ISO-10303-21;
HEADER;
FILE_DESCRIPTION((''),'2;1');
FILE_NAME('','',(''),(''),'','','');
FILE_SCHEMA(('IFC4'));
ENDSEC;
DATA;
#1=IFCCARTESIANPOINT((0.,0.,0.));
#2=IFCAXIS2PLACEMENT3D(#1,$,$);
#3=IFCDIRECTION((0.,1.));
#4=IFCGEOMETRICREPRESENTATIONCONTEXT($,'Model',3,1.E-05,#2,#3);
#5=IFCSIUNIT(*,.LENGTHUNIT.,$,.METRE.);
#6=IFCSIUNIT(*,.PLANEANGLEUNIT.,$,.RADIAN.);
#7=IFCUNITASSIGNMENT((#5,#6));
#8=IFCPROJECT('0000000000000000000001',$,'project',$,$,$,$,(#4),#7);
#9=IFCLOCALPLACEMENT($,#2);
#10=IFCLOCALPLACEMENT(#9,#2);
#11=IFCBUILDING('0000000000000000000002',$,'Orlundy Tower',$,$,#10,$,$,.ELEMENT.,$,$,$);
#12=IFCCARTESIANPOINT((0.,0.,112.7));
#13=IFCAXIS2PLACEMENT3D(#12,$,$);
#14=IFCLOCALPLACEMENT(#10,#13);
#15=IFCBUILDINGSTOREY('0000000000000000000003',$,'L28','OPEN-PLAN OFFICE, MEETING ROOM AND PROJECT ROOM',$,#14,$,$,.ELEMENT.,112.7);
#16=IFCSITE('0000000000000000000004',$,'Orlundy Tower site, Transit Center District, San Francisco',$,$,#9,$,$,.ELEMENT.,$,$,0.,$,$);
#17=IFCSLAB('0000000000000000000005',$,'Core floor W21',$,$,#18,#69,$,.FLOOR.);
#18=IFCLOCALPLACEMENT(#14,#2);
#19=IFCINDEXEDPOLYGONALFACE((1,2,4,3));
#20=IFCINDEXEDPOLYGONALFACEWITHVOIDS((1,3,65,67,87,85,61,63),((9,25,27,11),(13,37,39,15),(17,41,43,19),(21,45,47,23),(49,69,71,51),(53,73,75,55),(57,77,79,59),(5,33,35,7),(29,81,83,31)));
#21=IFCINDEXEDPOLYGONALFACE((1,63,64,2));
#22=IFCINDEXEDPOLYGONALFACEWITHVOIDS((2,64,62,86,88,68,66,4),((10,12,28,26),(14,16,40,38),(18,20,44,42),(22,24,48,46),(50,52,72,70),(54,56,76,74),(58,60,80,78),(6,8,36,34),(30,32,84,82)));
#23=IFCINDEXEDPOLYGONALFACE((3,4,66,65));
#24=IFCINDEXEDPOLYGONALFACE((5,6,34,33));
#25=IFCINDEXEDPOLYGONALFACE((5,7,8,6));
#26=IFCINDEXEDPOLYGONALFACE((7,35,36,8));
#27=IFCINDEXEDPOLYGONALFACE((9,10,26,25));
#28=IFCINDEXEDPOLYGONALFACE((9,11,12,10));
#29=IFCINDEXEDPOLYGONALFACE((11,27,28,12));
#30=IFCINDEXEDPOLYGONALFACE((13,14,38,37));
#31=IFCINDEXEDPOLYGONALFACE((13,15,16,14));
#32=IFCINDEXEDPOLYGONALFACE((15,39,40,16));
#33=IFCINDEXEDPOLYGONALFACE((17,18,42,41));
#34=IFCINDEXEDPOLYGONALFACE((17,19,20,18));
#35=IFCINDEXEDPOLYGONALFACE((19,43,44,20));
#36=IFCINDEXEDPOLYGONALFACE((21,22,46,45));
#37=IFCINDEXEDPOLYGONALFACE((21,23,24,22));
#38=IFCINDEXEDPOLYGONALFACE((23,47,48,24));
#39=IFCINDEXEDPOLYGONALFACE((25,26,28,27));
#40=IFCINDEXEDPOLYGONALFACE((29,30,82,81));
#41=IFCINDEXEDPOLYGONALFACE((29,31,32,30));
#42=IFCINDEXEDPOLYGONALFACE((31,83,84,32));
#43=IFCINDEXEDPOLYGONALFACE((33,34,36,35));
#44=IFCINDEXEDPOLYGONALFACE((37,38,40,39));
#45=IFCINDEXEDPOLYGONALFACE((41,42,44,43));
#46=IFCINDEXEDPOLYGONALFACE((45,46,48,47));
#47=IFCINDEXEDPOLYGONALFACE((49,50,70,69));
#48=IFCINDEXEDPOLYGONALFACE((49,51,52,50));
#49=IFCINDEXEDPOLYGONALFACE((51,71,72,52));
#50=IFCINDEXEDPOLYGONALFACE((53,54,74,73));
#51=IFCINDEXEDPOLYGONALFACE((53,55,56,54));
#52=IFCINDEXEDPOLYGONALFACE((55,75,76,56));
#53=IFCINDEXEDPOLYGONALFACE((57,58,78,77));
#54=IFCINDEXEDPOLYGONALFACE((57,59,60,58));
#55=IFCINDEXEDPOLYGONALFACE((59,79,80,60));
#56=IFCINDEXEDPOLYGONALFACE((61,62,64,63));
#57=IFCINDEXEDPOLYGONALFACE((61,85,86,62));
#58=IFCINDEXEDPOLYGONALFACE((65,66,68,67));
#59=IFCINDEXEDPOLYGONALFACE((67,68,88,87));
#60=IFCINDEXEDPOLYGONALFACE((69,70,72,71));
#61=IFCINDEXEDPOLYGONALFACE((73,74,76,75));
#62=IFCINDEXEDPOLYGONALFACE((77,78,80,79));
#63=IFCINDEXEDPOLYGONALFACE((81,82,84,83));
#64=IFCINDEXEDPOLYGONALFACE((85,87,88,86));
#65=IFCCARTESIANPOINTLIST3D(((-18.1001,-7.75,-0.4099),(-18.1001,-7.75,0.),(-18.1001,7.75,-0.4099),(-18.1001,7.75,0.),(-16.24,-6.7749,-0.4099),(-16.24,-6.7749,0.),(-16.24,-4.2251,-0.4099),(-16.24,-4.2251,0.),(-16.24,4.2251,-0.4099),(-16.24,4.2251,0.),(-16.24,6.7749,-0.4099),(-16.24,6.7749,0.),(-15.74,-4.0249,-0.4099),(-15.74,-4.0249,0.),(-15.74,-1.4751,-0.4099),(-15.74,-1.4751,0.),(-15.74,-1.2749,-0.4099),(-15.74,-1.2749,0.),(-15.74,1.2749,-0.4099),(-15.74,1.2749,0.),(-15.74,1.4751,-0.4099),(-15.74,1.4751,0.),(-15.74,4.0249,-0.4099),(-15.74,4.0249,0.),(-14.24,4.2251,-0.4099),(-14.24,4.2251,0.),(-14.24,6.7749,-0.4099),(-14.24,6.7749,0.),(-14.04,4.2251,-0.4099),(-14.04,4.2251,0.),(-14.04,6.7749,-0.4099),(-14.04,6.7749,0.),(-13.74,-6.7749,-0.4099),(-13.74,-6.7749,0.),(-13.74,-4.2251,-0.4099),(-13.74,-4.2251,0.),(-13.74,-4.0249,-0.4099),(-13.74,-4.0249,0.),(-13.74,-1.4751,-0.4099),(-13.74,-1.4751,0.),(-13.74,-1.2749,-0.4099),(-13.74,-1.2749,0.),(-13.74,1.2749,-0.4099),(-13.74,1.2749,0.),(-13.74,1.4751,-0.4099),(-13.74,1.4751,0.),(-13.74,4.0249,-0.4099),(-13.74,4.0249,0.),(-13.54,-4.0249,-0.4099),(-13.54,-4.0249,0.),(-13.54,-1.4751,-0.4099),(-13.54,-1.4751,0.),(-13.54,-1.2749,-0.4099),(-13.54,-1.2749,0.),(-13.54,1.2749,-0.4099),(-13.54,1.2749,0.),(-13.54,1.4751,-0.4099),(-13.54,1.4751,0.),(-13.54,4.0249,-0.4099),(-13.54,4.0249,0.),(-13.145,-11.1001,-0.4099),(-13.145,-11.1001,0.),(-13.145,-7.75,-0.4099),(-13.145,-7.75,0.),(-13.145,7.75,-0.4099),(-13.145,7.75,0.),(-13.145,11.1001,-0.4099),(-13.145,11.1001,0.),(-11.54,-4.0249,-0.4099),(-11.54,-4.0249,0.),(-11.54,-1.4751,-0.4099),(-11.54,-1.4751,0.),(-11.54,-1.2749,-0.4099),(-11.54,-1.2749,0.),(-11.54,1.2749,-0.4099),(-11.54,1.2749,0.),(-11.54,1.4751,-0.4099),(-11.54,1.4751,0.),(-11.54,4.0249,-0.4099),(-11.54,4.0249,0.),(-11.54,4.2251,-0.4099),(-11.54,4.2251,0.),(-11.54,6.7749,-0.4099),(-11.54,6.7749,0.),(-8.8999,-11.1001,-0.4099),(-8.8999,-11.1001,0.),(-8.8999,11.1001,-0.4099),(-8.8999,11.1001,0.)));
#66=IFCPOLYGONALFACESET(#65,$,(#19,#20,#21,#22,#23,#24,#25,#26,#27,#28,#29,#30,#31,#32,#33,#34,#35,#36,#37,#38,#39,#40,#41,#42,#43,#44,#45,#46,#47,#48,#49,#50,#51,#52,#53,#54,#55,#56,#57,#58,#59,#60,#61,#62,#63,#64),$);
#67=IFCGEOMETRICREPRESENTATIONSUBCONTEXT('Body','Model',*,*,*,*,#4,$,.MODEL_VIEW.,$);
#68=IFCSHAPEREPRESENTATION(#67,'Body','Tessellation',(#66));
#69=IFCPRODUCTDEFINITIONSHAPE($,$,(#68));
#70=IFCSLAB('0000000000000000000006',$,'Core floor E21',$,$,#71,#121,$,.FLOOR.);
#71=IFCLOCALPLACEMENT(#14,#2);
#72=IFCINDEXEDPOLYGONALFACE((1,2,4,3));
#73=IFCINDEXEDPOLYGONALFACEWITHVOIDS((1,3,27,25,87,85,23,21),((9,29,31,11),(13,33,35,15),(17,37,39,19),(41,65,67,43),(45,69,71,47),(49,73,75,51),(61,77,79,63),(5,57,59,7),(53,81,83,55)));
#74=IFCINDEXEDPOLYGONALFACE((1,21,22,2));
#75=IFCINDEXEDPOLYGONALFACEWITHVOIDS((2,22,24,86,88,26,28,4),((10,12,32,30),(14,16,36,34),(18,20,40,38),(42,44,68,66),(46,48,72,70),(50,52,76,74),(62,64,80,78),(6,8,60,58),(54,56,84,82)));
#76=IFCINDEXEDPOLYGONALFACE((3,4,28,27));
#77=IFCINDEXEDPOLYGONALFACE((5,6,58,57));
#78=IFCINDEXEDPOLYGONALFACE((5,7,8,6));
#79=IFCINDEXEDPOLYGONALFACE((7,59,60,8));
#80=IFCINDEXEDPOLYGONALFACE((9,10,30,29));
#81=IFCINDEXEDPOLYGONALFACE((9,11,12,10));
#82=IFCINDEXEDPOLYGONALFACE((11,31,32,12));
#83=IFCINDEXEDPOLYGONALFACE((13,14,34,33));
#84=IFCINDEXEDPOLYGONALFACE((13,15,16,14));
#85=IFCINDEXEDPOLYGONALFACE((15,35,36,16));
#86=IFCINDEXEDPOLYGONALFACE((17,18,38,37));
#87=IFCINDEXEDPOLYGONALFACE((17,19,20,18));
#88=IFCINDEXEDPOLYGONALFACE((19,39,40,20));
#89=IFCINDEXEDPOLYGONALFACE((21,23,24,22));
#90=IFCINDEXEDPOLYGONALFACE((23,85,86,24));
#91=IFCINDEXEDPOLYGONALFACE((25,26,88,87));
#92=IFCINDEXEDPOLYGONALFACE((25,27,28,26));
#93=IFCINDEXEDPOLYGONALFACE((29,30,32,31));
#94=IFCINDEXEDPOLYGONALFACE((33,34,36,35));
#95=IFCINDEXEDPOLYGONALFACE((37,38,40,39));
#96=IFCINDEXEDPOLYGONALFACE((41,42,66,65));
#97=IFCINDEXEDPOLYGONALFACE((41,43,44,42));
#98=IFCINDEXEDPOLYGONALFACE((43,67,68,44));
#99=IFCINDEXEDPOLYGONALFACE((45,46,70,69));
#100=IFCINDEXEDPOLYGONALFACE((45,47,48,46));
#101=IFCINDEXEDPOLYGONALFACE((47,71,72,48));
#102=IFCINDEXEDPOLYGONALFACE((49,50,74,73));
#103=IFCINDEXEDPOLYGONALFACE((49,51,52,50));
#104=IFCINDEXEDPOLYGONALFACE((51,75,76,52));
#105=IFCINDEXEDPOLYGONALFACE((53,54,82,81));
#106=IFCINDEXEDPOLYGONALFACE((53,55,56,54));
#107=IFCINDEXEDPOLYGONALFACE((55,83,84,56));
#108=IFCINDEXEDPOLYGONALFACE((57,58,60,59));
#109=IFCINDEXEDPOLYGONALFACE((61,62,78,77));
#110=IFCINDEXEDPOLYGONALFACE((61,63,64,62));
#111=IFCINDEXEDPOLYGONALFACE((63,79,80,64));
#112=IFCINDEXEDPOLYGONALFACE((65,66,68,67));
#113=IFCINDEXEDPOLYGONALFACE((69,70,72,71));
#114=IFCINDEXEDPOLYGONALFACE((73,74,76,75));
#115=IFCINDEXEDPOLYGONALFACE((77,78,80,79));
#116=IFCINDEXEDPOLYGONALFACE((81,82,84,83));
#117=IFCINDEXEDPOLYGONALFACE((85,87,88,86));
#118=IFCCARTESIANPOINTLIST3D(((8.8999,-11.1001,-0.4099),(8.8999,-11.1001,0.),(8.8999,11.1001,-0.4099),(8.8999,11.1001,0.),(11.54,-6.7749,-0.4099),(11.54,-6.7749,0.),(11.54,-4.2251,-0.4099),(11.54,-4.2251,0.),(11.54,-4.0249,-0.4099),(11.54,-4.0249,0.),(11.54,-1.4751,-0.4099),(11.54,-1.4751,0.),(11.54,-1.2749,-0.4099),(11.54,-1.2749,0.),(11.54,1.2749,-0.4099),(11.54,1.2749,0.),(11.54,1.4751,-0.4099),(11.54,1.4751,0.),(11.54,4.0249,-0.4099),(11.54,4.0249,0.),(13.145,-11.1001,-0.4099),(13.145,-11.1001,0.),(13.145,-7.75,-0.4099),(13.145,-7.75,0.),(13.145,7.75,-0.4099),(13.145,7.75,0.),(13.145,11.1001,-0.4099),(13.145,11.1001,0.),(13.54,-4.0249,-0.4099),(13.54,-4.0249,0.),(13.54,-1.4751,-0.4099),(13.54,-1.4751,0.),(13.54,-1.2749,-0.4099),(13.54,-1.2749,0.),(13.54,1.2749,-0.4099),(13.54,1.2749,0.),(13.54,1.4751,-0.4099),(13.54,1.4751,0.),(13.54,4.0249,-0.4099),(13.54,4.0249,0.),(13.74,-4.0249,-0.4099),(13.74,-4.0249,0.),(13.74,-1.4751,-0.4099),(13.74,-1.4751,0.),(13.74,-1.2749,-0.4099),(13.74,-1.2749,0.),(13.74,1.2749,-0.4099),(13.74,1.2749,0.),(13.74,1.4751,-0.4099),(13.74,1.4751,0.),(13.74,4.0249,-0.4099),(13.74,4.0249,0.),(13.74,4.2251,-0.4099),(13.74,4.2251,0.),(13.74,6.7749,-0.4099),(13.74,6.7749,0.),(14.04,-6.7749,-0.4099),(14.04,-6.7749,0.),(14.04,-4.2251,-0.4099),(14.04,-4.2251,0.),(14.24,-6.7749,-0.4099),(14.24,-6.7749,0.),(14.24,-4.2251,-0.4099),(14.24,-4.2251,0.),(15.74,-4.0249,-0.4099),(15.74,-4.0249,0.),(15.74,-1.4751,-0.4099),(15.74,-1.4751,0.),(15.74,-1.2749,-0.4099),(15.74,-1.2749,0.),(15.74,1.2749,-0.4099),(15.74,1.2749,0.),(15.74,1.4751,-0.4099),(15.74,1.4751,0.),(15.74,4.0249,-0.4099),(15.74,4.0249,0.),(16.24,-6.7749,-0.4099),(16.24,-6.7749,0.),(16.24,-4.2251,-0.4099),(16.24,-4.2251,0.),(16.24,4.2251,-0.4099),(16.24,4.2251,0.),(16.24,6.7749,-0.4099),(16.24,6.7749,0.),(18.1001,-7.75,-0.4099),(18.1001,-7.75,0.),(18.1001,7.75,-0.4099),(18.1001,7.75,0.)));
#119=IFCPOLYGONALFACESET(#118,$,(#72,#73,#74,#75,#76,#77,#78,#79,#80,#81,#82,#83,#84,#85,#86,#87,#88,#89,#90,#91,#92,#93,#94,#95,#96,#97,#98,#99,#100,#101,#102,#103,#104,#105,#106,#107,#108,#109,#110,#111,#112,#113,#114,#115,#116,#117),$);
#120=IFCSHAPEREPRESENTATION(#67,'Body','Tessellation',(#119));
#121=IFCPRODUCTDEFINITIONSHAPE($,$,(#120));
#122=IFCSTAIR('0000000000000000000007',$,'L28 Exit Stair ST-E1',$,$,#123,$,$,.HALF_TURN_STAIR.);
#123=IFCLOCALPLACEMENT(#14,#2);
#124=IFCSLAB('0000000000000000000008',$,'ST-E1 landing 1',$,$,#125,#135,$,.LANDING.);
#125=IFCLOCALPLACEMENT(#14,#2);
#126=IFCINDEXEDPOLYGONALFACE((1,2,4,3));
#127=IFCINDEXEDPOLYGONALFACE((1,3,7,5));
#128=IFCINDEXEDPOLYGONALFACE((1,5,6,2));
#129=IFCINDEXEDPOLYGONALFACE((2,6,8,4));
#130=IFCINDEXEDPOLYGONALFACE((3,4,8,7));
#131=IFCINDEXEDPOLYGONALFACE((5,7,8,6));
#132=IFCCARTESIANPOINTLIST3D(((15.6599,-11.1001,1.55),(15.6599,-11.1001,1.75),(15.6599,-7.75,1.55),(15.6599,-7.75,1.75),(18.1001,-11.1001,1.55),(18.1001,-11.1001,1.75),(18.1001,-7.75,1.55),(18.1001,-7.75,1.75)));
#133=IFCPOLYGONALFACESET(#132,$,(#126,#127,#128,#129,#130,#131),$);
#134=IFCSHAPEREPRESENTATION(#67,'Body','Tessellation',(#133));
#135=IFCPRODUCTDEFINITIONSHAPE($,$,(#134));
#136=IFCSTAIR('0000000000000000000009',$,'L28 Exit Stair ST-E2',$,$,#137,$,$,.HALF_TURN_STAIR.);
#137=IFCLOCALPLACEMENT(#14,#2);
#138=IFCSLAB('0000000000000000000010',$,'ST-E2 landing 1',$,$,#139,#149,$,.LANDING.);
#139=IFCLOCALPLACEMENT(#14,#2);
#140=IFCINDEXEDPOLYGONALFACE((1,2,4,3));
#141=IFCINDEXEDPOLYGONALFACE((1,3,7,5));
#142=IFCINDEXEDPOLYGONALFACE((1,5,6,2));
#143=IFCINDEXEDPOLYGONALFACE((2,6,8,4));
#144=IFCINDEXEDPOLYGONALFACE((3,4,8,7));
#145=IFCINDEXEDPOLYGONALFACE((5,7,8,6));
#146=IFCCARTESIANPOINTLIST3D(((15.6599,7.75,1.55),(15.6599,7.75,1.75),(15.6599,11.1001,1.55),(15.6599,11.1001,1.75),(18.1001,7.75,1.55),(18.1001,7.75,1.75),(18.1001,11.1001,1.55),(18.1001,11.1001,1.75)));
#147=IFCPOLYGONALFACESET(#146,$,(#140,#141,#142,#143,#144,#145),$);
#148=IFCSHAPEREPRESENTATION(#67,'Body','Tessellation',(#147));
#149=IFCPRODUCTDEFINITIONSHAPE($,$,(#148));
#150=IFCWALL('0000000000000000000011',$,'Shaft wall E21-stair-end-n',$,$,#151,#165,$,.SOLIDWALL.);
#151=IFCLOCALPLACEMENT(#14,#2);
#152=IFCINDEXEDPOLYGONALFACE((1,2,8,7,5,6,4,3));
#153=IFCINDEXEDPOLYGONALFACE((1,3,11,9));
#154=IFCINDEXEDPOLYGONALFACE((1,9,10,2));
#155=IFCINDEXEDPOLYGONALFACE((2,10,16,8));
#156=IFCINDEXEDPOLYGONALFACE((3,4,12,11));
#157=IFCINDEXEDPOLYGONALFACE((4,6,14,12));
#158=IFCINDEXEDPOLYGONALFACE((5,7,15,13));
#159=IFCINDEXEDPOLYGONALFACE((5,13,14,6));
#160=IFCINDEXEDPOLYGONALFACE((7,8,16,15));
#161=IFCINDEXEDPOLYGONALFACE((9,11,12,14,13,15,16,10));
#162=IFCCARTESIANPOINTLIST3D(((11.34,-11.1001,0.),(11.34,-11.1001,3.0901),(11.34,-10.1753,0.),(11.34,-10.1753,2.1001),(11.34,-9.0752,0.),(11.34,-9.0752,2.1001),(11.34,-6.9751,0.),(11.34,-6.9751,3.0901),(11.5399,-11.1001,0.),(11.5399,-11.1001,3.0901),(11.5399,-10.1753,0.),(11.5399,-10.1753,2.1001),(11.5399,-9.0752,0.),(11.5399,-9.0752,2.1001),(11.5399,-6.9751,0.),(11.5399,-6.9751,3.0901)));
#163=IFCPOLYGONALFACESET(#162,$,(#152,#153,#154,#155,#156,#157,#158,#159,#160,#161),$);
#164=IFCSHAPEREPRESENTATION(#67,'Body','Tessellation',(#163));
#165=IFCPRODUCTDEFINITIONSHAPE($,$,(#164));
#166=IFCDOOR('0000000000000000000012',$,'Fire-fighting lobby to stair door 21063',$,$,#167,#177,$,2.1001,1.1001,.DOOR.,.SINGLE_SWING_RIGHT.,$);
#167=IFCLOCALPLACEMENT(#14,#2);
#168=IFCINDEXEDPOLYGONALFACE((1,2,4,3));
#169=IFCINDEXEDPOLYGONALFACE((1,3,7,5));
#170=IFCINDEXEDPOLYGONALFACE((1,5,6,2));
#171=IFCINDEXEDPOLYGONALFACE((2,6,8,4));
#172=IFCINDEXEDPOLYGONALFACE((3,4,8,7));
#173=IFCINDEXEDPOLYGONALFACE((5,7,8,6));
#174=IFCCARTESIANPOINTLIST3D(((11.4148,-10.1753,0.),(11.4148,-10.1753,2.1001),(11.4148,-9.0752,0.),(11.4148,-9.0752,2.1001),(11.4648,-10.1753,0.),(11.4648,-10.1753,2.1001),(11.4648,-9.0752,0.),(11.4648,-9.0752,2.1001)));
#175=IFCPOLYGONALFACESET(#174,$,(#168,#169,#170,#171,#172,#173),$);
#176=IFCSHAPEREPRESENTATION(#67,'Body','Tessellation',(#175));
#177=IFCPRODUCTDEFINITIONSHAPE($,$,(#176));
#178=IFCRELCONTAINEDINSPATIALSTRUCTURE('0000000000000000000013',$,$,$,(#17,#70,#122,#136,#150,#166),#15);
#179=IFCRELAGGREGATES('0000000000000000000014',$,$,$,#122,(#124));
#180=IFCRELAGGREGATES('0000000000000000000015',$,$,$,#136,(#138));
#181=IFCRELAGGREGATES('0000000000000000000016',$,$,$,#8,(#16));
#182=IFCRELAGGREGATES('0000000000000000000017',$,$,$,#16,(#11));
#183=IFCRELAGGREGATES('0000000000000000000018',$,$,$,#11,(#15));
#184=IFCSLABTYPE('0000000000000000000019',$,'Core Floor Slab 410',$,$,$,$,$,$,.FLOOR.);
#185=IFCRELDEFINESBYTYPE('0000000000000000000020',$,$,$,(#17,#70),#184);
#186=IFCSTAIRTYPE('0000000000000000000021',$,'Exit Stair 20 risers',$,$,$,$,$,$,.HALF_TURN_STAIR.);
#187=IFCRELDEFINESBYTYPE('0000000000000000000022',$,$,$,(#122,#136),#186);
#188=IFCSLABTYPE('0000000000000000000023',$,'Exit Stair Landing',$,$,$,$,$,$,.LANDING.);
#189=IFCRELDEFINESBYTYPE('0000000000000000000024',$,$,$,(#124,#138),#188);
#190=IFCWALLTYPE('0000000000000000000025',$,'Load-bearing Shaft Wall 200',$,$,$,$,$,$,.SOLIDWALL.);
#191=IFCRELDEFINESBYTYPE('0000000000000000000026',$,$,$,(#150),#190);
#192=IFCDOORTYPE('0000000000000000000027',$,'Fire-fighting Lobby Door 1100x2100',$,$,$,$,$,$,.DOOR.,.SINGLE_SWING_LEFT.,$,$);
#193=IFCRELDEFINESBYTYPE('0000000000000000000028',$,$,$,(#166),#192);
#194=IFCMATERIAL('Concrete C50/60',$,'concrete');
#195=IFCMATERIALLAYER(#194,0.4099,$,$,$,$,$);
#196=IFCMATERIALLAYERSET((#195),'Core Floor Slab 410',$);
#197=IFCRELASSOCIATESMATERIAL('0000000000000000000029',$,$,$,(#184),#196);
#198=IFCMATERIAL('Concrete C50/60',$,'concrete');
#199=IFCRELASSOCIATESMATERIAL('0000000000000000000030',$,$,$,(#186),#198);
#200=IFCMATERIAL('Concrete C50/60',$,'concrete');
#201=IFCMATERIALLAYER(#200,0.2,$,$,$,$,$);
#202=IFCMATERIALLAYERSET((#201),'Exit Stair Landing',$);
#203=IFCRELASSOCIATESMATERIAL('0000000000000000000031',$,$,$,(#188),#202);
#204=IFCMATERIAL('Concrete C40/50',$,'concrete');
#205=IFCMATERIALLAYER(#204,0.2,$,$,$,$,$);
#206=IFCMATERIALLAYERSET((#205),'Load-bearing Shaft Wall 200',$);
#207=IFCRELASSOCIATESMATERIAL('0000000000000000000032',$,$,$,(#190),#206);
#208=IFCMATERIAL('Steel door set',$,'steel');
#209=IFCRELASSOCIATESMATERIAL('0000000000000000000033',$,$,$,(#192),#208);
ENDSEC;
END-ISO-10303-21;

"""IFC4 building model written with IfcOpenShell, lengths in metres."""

from ifc_helpers import new_model, si_unit, direction, frame, frame_2d, origin, place, context, subcontext, project, spatial, polyline, rectangle, outline, extrude, material, layer, layer_set, type_object, element, fill, aggregate, save


model = new_model("IFC4")

# Units and contexts
model_context = context("Model", 3, precision=1e-05, world=origin(), true_north=direction((0.0, 1.0)))
body_context = subcontext(model_context, "Body", "Model", "MODEL_VIEW")
ifc_project = project(units=[si_unit("LENGTHUNIT", "METRE"), si_unit("PLANEANGLEUNIT", "RADIAN")], contexts=[model_context])

# Site, building, storey
site_placement = place(None, origin())
site = spatial("IfcSite", under=ifc_project, at=site_placement, Name="Orlundy Tower site, Transit Center District, San Francisco", CompositionType="ELEMENT", RefElevation=0.0)
building_placement = place(site_placement, origin())
building = spatial("IfcBuilding", under=site, at=building_placement, Name="Orlundy Tower", CompositionType="ELEMENT")
storey_placement = place(building_placement, frame((0.0, 0.0, 112.7)))
storey = spatial("IfcBuildingStorey", under=building, at=storey_placement, Name="L28", Description="OPEN-PLAN OFFICE, MEETING ROOM AND PROJECT ROOM", CompositionType="ELEMENT", Elevation=112.7)

# Slabs
ifc_material_1 = material(Name="Concrete C50/60", Category="concrete")
ifc_layer_1 = layer(ifc_material_1, 0.4099)
ifc_layer_set_1 = layer_set([ifc_layer_1], Name="Core Floor Slab 410")
slab_type_1 = type_object("IfcSlabType", Name="Core Floor Slab 410", PredefinedType="FLOOR", material=ifc_layer_set_1)
slab_1_placement = place(storey_placement, frame((0.0, 0.0, -0.4099)))
element("IfcSlab", 1, at=slab_1_placement, inside=storey, type_object=slab_type_1, Name="Core floor W21", PredefinedType="FLOOR", context=body_context, shape_type="SweptSolid", body=[
    extrude(outline(polyline([(-13.145, 7.75), (-13.145, 11.1001), (-8.8999, 11.1001), (-8.8999, -11.1001), (-13.145, -11.1001), (-13.145, -7.75), (-18.1001, -7.75), (-18.1001, 7.75), (-13.145, 7.75)]), holes=[polyline([(-16.24, -6.7749), (-13.74, -6.7749), (-13.74, -4.2251), (-16.24, -4.2251), (-16.24, -6.7749)]), polyline([(-13.54, -1.4751), (-13.54, -4.0249), (-11.54, -4.0249), (-11.54, -1.4751), (-13.54, -1.4751)]), polyline([(-13.74, -1.4751), (-15.74, -1.4751), (-15.74, -4.0249), (-13.74, -4.0249), (-13.74, -1.4751)]), polyline([(-11.54, -1.2749), (-11.54, 1.2749), (-13.54, 1.2749), (-13.54, -1.2749), (-11.54, -1.2749)]), polyline([(-15.74, -1.2749), (-13.74, -1.2749), (-13.74, 1.2749), (-15.74, 1.2749), (-15.74, -1.2749)]), polyline([(-13.54, 4.0249), (-13.54, 1.4751), (-11.54, 1.4751), (-11.54, 4.0249), (-13.54, 4.0249)]), polyline([(-13.74, 4.0249), (-15.74, 4.0249), (-15.74, 1.4751), (-13.74, 1.4751), (-13.74, 4.0249)]), polyline([(-11.54, 4.2251), (-11.54, 6.7749), (-14.04, 6.7749), (-14.04, 4.2251), (-11.54, 4.2251)]), polyline([(-16.24, 4.2251), (-14.24, 4.2251), (-14.24, 6.7749), (-16.24, 6.7749), (-16.24, 4.2251)])]), origin(), (0.0, 0.0, 1.0), 0.4099),
])
slab_2_placement = place(storey_placement, frame((0.0, 0.0, -0.4099)))
element("IfcSlab", 2, at=slab_2_placement, inside=storey, type_object=slab_type_1, Name="Core floor E21", PredefinedType="FLOOR", context=body_context, shape_type="SweptSolid", body=[
    extrude(outline(polyline([(13.145, -7.75), (13.145, -11.1001), (8.8999, -11.1001), (8.8999, 11.1001), (13.145, 11.1001), (13.145, 7.75), (18.1001, 7.75), (18.1001, -7.75), (13.145, -7.75)]), holes=[polyline([(16.24, 6.7749), (13.74, 6.7749), (13.74, 4.2251), (16.24, 4.2251), (16.24, 6.7749)]), polyline([(13.54, 1.4751), (13.54, 4.0249), (11.54, 4.0249), (11.54, 1.4751), (13.54, 1.4751)]), polyline([(13.74, 1.4751), (15.74, 1.4751), (15.74, 4.0249), (13.74, 4.0249), (13.74, 1.4751)]), polyline([(11.54, 1.2749), (11.54, -1.2749), (13.54, -1.2749), (13.54, 1.2749), (11.54, 1.2749)]), polyline([(15.74, 1.2749), (13.74, 1.2749), (13.74, -1.2749), (15.74, -1.2749), (15.74, 1.2749)]), polyline([(13.54, -4.0249), (13.54, -1.4751), (11.54, -1.4751), (11.54, -4.0249), (13.54, -4.0249)]), polyline([(13.74, -4.0249), (15.74, -4.0249), (15.74, -1.4751), (13.74, -1.4751), (13.74, -4.0249)]), polyline([(11.54, -4.2251), (11.54, -6.7749), (14.04, -6.7749), (14.04, -4.2251), (11.54, -4.2251)]), polyline([(16.24, -4.2251), (14.24, -4.2251), (14.24, -6.7749), (16.24, -6.7749), (16.24, -4.2251)])]), origin(), (0.0, 0.0, 1.0), 0.4099),
])

# Stairs, slabs
ifc_material_2 = material(Name="Concrete C50/60", Category="concrete")
stair_type = type_object("IfcStairType", Name="Exit Stair 20 risers", PredefinedType="HALF_TURN_STAIR", material=ifc_material_2)
stair_1_placement = place(storey_placement, origin())
stair_1 = element("IfcStair", 3, at=stair_1_placement, inside=storey, type_object=stair_type, Name="L28 Exit Stair ST-E1", PredefinedType="HALF_TURN_STAIR")
ifc_material_3 = material(Name="Concrete C50/60", Category="concrete")
ifc_layer_2 = layer(ifc_material_3, 0.2)
ifc_layer_set_2 = layer_set([ifc_layer_2], Name="Exit Stair Landing")
slab_type_2 = type_object("IfcSlabType", Name="Exit Stair Landing", PredefinedType="LANDING", material=ifc_layer_set_2)
slab_3_placement = place(storey_placement, frame((0.0, 0.0, 1.55)))
slab_3 = element("IfcSlab", 4, at=slab_3_placement, type_object=slab_type_2, Name="ST-E1 landing 1", PredefinedType="LANDING", context=body_context, shape_type="SweptSolid", body=[
    extrude(outline(polyline([(15.6599, -11.1001), (18.1001, -11.1001), (18.1001, -7.75), (15.6599, -7.75), (15.6599, -11.1001)])), origin(), (0.0, 0.0, 1.0), 0.2),
])
aggregate(stair_1, [slab_3])
stair_2_placement = place(storey_placement, origin())
stair_2 = element("IfcStair", 5, at=stair_2_placement, inside=storey, type_object=stair_type, Name="L28 Exit Stair ST-E2", PredefinedType="HALF_TURN_STAIR")
slab_4_placement = place(storey_placement, frame((0.0, 0.0, 1.55)))
slab_4 = element("IfcSlab", 6, at=slab_4_placement, type_object=slab_type_2, Name="ST-E2 landing 1", PredefinedType="LANDING", context=body_context, shape_type="SweptSolid", body=[
    extrude(outline(polyline([(15.6599, 7.75), (18.1001, 7.75), (18.1001, 11.1001), (15.6599, 11.1001), (15.6599, 7.75)])), origin(), (0.0, 0.0, 1.0), 0.2),
])
aggregate(stair_2, [slab_4])

# Wall, opening, door
ifc_material_4 = material(Name="Concrete C40/50", Category="concrete")
ifc_layer_3 = layer(ifc_material_4, 0.2)
ifc_layer_set_3 = layer_set([ifc_layer_3], Name="Load-bearing Shaft Wall 200")
wall_type_1 = type_object("IfcWallType", Name="Load-bearing Shaft Wall 200", PredefinedType="SOLIDWALL", material=ifc_layer_set_3)
wall_1_placement = place(storey_placement, frame((11.4399, -6.9751, 0.0), z_axis=(0.0, 0.0, 1.0), x_axis=(0.0, -1.0, 0.0)))
wall_1 = element("IfcWall", 7, at=wall_1_placement, inside=storey, type_object=wall_type_1, Name="Shaft wall E21-stair-end-n", PredefinedType="SOLIDWALL", context=body_context, shape_type="SweptSolid", body=[
    extrude(rectangle(XDim=4.125, YDim=0.2, at=frame_2d((2.0625, 0.0))), origin(), (0.0, 0.0, 1.0), 3.0901),
])
opening_1_placement = place(wall_1_placement, frame((2.1001, 0.0, 0.0)))
opening_1 = element("IfcOpeningElement", 8, at=opening_1_placement, cuts=wall_1, PredefinedType="OPENING", context=body_context, shape_type="SweptSolid", body=[
    extrude(rectangle(XDim=1.1001, YDim=2.1001, at=frame_2d((0.55, 1.05))), frame((0.0, 0.1101, 0.0), z_axis=(0.0, -1.0, 0.0), x_axis=(1.0, 0.0, 0.0)), (0.0, 0.0, 1.0), 0.2202),
])
ifc_material_5 = material(Name="Steel door set", Category="steel")
door_type_1 = type_object("IfcDoorType", Name="Fire-fighting Lobby Door 1100x2100", OperationType="SINGLE_SWING_LEFT", PredefinedType="DOOR", material=ifc_material_5)
door_1_placement = place(opening_1_placement, origin())
door_1 = element("IfcDoor", 9, at=door_1_placement, inside=storey, type_object=door_type_1, Name="Fire-fighting lobby to stair door 21063", OperationType="SINGLE_SWING_RIGHT", OverallHeight=2.1001, OverallWidth=1.1001, PredefinedType="DOOR", context=body_context, shape_type="SweptSolid", body=[
    extrude(rectangle(XDim=1.1001, YDim=2.1001, at=frame_2d((0.55, 1.05))), frame((0.0, 0.0249, 0.0), z_axis=(0.0, -1.0, 0.0), x_axis=(1.0, 0.0, 0.0)), (0.0, 0.0, 1.0), 0.05),
])
fill(opening_1, door_1)

save(model, "model.ifc")
